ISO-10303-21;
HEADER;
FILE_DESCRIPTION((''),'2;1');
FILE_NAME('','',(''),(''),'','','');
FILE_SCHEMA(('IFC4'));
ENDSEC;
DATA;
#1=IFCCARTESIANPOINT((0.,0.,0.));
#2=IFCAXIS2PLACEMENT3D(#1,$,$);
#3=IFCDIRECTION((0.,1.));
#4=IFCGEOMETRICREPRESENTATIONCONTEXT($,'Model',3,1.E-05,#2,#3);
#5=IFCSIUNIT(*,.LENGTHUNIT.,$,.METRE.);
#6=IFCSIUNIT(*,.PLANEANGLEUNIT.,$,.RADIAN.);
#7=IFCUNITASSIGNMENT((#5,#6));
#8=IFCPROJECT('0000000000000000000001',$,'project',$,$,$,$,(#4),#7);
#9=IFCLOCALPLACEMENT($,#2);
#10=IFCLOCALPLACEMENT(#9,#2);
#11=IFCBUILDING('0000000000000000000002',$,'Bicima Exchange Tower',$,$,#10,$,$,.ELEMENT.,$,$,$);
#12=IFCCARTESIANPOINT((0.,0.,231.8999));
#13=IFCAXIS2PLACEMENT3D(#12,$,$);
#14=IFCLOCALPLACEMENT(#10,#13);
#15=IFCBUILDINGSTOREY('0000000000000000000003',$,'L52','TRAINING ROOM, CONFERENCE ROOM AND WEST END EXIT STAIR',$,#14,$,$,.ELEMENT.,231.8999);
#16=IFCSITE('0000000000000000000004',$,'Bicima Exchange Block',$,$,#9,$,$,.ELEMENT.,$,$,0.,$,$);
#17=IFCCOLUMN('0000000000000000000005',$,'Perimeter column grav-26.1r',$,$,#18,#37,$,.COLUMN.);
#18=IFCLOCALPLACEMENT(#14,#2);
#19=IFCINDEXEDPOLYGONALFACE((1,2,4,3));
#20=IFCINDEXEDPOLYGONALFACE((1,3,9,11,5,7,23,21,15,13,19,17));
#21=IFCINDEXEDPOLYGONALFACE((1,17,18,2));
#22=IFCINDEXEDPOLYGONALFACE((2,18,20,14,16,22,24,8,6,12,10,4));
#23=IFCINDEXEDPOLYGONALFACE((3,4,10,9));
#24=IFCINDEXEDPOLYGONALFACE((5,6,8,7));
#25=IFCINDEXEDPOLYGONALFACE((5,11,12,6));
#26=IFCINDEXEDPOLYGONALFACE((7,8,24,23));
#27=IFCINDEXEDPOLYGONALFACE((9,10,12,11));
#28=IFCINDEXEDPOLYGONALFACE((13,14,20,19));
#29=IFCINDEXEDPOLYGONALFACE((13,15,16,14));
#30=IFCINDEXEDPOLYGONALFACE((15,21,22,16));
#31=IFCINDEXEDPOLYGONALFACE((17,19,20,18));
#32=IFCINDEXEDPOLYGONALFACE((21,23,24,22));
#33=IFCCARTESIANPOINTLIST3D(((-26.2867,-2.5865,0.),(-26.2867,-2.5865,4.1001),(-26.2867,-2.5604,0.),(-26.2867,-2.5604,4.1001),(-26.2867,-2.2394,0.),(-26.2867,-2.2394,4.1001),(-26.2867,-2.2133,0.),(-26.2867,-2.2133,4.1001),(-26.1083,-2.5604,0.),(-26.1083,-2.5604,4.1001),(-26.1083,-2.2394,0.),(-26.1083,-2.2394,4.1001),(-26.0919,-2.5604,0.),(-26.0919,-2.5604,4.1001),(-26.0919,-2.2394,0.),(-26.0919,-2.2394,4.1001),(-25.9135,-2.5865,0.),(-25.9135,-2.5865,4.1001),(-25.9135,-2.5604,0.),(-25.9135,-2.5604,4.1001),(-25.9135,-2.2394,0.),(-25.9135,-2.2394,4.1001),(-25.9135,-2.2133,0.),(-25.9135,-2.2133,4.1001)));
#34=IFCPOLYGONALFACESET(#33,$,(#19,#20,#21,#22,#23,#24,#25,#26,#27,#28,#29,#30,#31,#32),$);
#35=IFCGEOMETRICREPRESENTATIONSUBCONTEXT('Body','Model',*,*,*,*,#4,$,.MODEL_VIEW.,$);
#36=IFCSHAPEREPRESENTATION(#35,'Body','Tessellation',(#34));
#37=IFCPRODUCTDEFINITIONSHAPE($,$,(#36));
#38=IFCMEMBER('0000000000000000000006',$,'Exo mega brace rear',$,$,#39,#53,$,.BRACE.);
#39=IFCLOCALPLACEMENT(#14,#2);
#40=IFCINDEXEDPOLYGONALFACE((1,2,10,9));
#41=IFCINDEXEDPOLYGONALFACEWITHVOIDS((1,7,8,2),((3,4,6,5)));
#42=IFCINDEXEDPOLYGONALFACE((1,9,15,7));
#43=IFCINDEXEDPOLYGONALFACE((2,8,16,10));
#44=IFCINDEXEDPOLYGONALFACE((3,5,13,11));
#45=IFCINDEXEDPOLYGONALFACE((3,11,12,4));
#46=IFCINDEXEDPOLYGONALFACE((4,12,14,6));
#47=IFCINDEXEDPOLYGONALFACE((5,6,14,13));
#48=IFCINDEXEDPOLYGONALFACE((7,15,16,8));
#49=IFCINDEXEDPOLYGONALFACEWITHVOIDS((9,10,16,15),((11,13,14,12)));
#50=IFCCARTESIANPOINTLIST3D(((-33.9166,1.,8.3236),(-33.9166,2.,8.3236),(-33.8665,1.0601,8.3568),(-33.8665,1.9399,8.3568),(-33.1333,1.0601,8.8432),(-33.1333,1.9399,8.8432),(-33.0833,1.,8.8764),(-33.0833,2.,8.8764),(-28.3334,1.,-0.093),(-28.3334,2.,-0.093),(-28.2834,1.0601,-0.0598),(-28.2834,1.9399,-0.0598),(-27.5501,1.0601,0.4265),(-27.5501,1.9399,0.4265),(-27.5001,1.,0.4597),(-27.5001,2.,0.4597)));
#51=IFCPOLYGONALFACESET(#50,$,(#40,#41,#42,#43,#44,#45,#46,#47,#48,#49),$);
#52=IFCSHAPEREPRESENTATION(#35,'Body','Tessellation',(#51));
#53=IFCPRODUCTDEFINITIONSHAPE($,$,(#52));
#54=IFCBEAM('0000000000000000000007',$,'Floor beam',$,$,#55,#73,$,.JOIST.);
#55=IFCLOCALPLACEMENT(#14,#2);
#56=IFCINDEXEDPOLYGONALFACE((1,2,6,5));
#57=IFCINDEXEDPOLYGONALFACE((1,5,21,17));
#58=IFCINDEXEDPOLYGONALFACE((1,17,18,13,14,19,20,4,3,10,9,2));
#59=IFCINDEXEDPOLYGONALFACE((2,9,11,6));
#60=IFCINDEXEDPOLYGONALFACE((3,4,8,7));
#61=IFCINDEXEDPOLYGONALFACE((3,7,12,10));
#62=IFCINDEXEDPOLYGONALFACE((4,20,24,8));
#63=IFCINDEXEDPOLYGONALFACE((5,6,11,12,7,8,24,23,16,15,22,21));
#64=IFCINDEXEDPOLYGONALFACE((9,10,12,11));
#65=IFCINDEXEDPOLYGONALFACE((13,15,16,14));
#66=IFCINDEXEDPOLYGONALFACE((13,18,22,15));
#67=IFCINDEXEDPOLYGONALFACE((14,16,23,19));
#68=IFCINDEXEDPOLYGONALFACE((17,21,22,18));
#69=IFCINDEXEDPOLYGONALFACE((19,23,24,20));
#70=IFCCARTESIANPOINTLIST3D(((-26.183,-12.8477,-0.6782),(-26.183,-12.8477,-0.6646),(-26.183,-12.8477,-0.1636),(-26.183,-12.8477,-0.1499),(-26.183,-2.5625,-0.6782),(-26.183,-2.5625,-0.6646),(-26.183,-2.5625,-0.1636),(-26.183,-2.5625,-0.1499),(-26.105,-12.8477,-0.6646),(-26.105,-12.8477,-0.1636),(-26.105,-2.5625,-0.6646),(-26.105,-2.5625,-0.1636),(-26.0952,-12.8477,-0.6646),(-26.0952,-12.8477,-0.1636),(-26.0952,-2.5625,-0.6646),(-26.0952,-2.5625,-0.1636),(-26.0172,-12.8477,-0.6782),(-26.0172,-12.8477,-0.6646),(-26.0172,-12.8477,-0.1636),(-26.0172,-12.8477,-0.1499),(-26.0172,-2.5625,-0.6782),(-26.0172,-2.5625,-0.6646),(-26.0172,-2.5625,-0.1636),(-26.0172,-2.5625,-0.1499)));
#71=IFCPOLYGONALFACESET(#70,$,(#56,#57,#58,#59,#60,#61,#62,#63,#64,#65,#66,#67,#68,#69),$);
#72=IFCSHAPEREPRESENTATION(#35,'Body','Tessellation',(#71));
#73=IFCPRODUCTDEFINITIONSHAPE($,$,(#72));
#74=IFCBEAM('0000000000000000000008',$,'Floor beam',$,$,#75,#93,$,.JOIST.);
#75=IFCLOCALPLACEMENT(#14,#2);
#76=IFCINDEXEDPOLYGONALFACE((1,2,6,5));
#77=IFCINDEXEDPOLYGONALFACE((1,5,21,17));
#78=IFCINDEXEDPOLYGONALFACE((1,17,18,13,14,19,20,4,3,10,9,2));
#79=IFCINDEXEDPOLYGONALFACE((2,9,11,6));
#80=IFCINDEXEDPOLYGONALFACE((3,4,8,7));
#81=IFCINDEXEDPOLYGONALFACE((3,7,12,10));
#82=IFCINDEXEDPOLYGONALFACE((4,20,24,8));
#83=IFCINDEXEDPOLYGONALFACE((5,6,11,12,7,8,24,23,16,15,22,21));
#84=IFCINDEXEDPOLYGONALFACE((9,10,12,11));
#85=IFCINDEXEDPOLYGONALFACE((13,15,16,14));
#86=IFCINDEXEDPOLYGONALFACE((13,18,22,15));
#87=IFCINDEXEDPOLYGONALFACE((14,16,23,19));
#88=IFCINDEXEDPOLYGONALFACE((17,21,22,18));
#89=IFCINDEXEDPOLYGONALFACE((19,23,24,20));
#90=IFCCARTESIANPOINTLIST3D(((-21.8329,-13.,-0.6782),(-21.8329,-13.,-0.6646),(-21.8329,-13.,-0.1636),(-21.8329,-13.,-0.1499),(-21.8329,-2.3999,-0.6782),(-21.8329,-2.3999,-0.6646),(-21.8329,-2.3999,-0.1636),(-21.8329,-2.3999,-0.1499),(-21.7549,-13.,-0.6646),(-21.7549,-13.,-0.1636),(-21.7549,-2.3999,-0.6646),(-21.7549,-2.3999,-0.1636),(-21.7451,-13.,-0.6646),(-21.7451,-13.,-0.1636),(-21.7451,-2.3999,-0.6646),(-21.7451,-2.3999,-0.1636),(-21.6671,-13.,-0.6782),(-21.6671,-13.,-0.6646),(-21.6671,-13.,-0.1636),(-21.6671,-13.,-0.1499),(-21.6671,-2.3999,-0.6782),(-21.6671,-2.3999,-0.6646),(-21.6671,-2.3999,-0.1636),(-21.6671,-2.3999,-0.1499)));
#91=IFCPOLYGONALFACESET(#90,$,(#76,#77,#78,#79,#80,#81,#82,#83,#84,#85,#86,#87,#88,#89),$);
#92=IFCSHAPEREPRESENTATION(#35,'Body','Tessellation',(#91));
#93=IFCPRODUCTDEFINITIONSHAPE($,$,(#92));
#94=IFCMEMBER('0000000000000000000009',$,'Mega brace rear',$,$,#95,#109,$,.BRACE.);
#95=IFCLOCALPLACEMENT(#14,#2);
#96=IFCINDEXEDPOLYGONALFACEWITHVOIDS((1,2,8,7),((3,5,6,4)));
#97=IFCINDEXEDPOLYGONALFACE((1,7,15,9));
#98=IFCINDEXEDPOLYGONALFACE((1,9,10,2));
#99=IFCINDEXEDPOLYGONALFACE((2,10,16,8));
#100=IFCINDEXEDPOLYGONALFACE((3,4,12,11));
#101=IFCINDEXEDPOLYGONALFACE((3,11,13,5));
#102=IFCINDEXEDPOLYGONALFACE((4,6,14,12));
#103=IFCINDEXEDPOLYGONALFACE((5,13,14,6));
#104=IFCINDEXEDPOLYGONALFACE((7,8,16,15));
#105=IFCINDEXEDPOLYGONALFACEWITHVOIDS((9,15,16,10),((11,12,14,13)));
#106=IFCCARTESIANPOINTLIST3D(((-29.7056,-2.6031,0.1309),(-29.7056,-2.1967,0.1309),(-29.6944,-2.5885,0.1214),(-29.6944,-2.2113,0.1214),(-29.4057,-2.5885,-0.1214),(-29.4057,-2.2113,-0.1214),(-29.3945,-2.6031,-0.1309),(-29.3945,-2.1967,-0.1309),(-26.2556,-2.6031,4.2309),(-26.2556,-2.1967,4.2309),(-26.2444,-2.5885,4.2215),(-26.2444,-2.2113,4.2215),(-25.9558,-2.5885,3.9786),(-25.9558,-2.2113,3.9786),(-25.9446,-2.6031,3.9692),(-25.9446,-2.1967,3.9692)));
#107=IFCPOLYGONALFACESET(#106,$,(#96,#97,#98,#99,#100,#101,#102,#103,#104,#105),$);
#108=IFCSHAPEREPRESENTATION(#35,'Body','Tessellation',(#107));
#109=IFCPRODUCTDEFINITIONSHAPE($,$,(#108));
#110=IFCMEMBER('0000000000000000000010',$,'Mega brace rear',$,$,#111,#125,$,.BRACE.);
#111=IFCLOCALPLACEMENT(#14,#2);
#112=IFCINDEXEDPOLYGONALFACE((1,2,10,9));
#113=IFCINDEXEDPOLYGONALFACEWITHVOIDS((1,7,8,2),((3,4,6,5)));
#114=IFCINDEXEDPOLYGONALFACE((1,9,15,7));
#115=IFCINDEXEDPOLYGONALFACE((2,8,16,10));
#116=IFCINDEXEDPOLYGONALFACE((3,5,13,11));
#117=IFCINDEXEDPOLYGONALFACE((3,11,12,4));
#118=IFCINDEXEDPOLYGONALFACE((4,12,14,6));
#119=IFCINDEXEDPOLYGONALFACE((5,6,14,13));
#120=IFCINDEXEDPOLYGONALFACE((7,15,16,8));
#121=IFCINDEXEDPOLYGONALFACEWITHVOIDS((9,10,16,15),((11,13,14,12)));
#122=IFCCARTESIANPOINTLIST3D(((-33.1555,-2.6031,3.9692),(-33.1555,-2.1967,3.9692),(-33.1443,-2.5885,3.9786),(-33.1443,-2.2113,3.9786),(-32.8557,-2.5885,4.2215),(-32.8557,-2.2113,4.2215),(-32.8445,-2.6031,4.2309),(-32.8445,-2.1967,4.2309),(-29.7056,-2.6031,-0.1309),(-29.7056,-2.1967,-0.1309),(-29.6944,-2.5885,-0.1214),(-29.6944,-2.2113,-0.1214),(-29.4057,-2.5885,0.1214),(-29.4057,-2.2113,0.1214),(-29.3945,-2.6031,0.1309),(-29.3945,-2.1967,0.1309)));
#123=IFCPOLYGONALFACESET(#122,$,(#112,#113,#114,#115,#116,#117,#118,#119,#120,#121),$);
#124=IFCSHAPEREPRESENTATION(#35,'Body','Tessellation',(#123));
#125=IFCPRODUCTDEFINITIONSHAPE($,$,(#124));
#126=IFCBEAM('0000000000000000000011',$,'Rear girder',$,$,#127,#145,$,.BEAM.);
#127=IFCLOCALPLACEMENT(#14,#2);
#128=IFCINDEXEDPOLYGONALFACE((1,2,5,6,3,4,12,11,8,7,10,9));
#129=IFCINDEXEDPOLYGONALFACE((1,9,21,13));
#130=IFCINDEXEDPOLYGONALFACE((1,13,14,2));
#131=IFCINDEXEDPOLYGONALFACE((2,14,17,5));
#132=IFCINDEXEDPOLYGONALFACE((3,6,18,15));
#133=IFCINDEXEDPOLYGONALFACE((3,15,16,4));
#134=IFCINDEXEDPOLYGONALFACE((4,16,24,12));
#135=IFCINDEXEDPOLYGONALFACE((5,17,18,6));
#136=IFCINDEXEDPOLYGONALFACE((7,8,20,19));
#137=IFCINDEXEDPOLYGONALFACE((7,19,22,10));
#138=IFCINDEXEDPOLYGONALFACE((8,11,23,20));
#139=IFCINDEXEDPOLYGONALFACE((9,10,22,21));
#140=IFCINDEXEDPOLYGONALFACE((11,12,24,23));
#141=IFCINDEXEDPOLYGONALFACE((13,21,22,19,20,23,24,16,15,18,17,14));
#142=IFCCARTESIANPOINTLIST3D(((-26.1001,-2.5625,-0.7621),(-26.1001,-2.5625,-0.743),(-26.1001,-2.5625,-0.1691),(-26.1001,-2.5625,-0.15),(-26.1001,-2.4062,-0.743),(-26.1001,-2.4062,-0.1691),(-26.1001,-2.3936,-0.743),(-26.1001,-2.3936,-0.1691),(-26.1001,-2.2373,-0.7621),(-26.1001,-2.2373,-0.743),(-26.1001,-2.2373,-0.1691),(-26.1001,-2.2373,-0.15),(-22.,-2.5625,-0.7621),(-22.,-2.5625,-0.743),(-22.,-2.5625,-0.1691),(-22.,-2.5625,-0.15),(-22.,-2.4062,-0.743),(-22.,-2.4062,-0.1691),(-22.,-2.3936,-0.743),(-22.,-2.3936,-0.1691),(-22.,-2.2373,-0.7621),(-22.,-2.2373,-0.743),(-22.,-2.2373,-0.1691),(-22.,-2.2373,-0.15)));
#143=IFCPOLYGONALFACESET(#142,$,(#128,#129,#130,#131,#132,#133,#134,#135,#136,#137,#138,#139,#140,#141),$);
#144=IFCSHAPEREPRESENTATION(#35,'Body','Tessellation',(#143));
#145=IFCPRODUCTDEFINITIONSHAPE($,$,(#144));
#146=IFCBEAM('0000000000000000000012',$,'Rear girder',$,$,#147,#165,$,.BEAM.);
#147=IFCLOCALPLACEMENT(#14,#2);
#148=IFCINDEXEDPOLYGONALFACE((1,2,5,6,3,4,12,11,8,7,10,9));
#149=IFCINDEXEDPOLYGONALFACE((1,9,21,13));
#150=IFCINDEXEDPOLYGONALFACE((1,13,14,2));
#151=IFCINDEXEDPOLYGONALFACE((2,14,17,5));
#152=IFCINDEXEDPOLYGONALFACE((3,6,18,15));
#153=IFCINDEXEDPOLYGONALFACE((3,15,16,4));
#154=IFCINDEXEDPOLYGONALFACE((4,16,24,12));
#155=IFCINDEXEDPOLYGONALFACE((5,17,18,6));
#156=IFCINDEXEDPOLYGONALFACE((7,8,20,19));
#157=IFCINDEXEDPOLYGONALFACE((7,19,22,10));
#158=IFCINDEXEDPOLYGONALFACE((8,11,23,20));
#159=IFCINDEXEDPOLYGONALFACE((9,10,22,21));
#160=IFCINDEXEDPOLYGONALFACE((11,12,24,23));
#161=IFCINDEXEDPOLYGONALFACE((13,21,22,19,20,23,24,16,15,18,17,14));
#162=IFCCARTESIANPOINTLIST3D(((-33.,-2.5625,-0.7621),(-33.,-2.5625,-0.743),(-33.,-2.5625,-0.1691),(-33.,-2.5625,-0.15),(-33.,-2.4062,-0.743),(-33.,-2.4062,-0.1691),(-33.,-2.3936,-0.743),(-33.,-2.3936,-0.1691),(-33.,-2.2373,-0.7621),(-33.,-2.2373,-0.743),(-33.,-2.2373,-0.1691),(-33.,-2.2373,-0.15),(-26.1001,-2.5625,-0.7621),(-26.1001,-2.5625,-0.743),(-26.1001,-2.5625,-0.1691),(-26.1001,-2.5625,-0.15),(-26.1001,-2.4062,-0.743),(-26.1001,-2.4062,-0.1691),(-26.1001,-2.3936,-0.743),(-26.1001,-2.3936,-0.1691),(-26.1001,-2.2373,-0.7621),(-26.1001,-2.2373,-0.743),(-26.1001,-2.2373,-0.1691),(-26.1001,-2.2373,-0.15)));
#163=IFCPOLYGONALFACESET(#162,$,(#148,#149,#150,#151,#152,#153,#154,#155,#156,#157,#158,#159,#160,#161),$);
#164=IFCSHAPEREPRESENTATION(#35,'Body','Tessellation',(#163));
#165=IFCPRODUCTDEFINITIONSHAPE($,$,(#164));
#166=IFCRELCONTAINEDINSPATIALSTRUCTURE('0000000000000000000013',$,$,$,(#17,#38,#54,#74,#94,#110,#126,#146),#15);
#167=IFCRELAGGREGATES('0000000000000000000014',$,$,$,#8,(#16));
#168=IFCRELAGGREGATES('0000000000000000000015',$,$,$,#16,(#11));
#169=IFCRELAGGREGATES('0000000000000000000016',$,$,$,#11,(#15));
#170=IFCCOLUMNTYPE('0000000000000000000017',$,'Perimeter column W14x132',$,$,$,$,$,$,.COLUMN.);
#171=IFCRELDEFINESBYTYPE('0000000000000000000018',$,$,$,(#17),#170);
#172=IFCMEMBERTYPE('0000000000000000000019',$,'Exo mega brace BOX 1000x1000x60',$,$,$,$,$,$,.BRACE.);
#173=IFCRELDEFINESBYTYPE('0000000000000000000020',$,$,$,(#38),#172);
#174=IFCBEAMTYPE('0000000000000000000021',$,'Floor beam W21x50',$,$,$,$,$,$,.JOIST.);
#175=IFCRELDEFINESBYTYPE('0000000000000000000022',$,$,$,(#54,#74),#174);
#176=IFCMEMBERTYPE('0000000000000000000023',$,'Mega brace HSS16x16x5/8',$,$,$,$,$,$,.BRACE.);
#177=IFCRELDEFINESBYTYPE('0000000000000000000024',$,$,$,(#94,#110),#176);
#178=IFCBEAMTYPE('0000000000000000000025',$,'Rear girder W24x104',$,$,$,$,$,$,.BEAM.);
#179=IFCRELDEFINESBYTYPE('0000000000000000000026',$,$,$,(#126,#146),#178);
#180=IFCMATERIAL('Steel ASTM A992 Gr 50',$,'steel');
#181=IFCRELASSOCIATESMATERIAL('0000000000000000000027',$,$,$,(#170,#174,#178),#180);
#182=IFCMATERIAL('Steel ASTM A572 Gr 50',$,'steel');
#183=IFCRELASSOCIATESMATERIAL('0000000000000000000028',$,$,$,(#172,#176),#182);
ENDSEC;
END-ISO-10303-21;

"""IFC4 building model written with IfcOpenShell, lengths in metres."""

from ifc_helpers import new_model, si_unit, direction, frame, origin, origin_2d, place, context, subcontext, project, spatial, hollow_rectangle, i_section, extrude, material, material_profile, profile_set, type_object, element, save


model = new_model("IFC4")

# Units and contexts
model_context = context("Model", 3, precision=1e-05, world=origin(), true_north=direction((0.0, 1.0)))
body_context = subcontext(model_context, "Body", "Model", "MODEL_VIEW")
ifc_project = project(units=[si_unit("LENGTHUNIT", "METRE"), si_unit("PLANEANGLEUNIT", "RADIAN")], contexts=[model_context])

# Site, building, storey
site_placement = place(None, origin())
site = spatial("IfcSite", under=ifc_project, at=site_placement, Name="Bicima Exchange Block", CompositionType="ELEMENT", RefElevation=0.0)
building_placement = place(site_placement, origin())
building = spatial("IfcBuilding", under=site, at=building_placement, Name="Bicima Exchange Tower", CompositionType="ELEMENT")
storey_placement = place(building_placement, frame((0.0, 0.0, 231.8999)))
storey = spatial("IfcBuildingStorey", under=building, at=storey_placement, Name="L52", Description="TRAINING ROOM, CONFERENCE ROOM AND WEST END EXIT STAIR", CompositionType="ELEMENT", Elevation=231.8999)

# Column
ifc_material_1 = material(Name="Steel ASTM A992 Gr 50", Category="steel")
ifc_material_profile_1 = material_profile(ifc_material_1, i_section(OverallWidth=0.3733, OverallDepth=0.3733, WebThickness=0.0164, FlangeThickness=0.0261, at=origin_2d()))
ifc_profile_set_1 = profile_set([ifc_material_profile_1], Name="Steel ASTM A992 Gr 50")
column_type = type_object("IfcColumnType", Name="Perimeter column W14x132", PredefinedType="COLUMN", material=ifc_profile_set_1)
column_placement = place(storey_placement, frame((-26.1001, -2.3999, 0.0), z_axis=(0.0, 0.0, 1.0), x_axis=(1.0, 0.0, 0.0)))
element("IfcColumn", 1, at=column_placement, inside=storey, type_object=column_type, Name="Perimeter column grav-26.1r", PredefinedType="COLUMN", context=body_context, shape_type="SweptSolid", body=[
    extrude(i_section(OverallWidth=0.3733, OverallDepth=0.3733, WebThickness=0.0164, FlangeThickness=0.0261, at=origin_2d()), origin(), (0.0, 0.0, 1.0), 4.1001),
])

# Member
ifc_material_2 = material(Name="Steel ASTM A572 Gr 50", Category="steel")
ifc_material_profile_2 = material_profile(ifc_material_2, hollow_rectangle(XDim=1.0, YDim=1.0, WallThickness=0.0601, at=origin_2d()))
ifc_profile_set_2 = profile_set([ifc_material_profile_2], Name="Steel ASTM A572 Gr 50")
member_type_1 = type_object("IfcMemberType", Name="Exo mega brace BOX 1000x1000x60", PredefinedType="BRACE", material=ifc_profile_set_2)
member_placement = place(storey_placement, frame((-27.9167, 1.5, 0.1833), z_axis=(-0.552785, 0.0, 0.833324), x_axis=(0.0, -1.0, 0.0)))
element("IfcMember", 2, at=member_placement, inside=storey, type_object=member_type_1, Name="Exo mega brace rear", PredefinedType="BRACE", context=body_context, shape_type="SweptSolid", body=[
    extrude(hollow_rectangle(XDim=1.0, YDim=1.0, WallThickness=0.0601, at=origin_2d()), origin(), (0.0, 0.0, 1.0), 10.1001),
])

# Beams
ifc_material_profile_3 = material_profile(ifc_material_1, i_section(OverallWidth=0.1658, OverallDepth=0.5283, WebThickness=0.0098, FlangeThickness=0.0137, at=origin_2d()))
ifc_profile_set_3 = profile_set([ifc_material_profile_3], Name="Steel ASTM A992 Gr 50")
beam_type_1 = type_object("IfcBeamType", Name="Floor beam W21x50", PredefinedType="JOIST", material=ifc_profile_set_3)
beam_1_placement = place(storey_placement, frame((-26.1001, -2.5625, -0.4141), z_axis=(0.0, -1.0, 0.0), x_axis=(1.0, 0.0, 0.0)))
element("IfcBeam", 3, at=beam_1_placement, inside=storey, type_object=beam_type_1, Name="Floor beam", PredefinedType="JOIST", context=body_context, shape_type="SweptSolid", body=[
    extrude(i_section(OverallWidth=0.1658, OverallDepth=0.5283, WebThickness=0.0098, FlangeThickness=0.0137, at=origin_2d()), origin(), (0.0, 0.0, 1.0), 10.2852),
])
beam_2_placement = place(storey_placement, frame((-21.75, -2.3999, -0.4141), z_axis=(0.0, -1.0, 0.0), x_axis=(1.0, 0.0, 0.0)))
element("IfcBeam", 4, at=beam_2_placement, inside=storey, type_object=beam_type_1, Name="Floor beam", PredefinedType="JOIST", context=body_context, shape_type="SweptSolid", body=[
    extrude(i_section(OverallWidth=0.1658, OverallDepth=0.5283, WebThickness=0.0098, FlangeThickness=0.0137, at=origin_2d()), origin(), (0.0, 0.0, 1.0), 10.6001),
])

# Members
ifc_material_profile_4 = material_profile(ifc_material_2, hollow_rectangle(XDim=0.4065, YDim=0.4065, WallThickness=0.0146, at=origin_2d()))
ifc_profile_set_4 = profile_set([ifc_material_profile_4], Name="Steel ASTM A572 Gr 50")
member_type_2 = type_object("IfcMemberType", Name="Mega brace HSS16x16x5/8", PredefinedType="BRACE", material=ifc_profile_set_4)
for number, where, z_axis, x_axis, name in (
    (5, (-29.55, -2.3999, 0.0), (0.643834, 0.0, 0.765165), (0.0, 1.0, 0.0), "Mega brace rear"),
    (6, (-29.55, -2.3999, 0.0), (-0.643834, 0.0, 0.765165), (0.0, -1.0, 0.0), "Mega brace rear"),
):
    element("IfcMember", number, at=place(storey_placement, frame(where, z_axis=z_axis, x_axis=x_axis)), inside=storey, type_object=member_type_2, Name=name, PredefinedType="BRACE", context=body_context, shape_type="SweptSolid", body=[
        extrude(hollow_rectangle(XDim=0.4065, YDim=0.4065, WallThickness=0.0146, at=origin_2d()), origin(), (0.0, 0.0, 1.0), 5.3584),
    ])

# Beams
ifc_material_profile_5 = material_profile(ifc_material_1, i_section(OverallWidth=0.3252, OverallDepth=0.6121, WebThickness=0.0127, FlangeThickness=0.019, at=origin_2d()))
ifc_profile_set_5 = profile_set([ifc_material_profile_5], Name="Steel ASTM A992 Gr 50")
beam_type_2 = type_object("IfcBeamType", Name="Rear girder W24x104", PredefinedType="BEAM", material=ifc_profile_set_5)
beam_3_placement = place(storey_placement, frame((-22.0, -2.3999, -0.4561), z_axis=(-1.0, 0.0, 0.0), x_axis=(0.0, -1.0, 0.0)))
element("IfcBeam", 7, at=beam_3_placement, inside=storey, type_object=beam_type_2, Name="Rear girder", PredefinedType="BEAM", context=body_context, shape_type="SweptSolid", body=[
    extrude(i_section(OverallWidth=0.3252, OverallDepth=0.6121, WebThickness=0.0127, FlangeThickness=0.019, at=origin_2d()), origin(), (0.0, 0.0, 1.0), 4.1001),
])
beam_4_placement = place(storey_placement, frame((-26.1001, -2.3999, -0.4561), z_axis=(-1.0, 0.0, 0.0), x_axis=(0.0, -1.0, 0.0)))
element("IfcBeam", 8, at=beam_4_placement, inside=storey, type_object=beam_type_2, Name="Rear girder", PredefinedType="BEAM", context=body_context, shape_type="SweptSolid", body=[
    extrude(i_section(OverallWidth=0.3252, OverallDepth=0.6121, WebThickness=0.0127, FlangeThickness=0.019, at=origin_2d()), origin(), (0.0, 0.0, 1.0), 6.8999),
])

save(model, "model.ifc")
